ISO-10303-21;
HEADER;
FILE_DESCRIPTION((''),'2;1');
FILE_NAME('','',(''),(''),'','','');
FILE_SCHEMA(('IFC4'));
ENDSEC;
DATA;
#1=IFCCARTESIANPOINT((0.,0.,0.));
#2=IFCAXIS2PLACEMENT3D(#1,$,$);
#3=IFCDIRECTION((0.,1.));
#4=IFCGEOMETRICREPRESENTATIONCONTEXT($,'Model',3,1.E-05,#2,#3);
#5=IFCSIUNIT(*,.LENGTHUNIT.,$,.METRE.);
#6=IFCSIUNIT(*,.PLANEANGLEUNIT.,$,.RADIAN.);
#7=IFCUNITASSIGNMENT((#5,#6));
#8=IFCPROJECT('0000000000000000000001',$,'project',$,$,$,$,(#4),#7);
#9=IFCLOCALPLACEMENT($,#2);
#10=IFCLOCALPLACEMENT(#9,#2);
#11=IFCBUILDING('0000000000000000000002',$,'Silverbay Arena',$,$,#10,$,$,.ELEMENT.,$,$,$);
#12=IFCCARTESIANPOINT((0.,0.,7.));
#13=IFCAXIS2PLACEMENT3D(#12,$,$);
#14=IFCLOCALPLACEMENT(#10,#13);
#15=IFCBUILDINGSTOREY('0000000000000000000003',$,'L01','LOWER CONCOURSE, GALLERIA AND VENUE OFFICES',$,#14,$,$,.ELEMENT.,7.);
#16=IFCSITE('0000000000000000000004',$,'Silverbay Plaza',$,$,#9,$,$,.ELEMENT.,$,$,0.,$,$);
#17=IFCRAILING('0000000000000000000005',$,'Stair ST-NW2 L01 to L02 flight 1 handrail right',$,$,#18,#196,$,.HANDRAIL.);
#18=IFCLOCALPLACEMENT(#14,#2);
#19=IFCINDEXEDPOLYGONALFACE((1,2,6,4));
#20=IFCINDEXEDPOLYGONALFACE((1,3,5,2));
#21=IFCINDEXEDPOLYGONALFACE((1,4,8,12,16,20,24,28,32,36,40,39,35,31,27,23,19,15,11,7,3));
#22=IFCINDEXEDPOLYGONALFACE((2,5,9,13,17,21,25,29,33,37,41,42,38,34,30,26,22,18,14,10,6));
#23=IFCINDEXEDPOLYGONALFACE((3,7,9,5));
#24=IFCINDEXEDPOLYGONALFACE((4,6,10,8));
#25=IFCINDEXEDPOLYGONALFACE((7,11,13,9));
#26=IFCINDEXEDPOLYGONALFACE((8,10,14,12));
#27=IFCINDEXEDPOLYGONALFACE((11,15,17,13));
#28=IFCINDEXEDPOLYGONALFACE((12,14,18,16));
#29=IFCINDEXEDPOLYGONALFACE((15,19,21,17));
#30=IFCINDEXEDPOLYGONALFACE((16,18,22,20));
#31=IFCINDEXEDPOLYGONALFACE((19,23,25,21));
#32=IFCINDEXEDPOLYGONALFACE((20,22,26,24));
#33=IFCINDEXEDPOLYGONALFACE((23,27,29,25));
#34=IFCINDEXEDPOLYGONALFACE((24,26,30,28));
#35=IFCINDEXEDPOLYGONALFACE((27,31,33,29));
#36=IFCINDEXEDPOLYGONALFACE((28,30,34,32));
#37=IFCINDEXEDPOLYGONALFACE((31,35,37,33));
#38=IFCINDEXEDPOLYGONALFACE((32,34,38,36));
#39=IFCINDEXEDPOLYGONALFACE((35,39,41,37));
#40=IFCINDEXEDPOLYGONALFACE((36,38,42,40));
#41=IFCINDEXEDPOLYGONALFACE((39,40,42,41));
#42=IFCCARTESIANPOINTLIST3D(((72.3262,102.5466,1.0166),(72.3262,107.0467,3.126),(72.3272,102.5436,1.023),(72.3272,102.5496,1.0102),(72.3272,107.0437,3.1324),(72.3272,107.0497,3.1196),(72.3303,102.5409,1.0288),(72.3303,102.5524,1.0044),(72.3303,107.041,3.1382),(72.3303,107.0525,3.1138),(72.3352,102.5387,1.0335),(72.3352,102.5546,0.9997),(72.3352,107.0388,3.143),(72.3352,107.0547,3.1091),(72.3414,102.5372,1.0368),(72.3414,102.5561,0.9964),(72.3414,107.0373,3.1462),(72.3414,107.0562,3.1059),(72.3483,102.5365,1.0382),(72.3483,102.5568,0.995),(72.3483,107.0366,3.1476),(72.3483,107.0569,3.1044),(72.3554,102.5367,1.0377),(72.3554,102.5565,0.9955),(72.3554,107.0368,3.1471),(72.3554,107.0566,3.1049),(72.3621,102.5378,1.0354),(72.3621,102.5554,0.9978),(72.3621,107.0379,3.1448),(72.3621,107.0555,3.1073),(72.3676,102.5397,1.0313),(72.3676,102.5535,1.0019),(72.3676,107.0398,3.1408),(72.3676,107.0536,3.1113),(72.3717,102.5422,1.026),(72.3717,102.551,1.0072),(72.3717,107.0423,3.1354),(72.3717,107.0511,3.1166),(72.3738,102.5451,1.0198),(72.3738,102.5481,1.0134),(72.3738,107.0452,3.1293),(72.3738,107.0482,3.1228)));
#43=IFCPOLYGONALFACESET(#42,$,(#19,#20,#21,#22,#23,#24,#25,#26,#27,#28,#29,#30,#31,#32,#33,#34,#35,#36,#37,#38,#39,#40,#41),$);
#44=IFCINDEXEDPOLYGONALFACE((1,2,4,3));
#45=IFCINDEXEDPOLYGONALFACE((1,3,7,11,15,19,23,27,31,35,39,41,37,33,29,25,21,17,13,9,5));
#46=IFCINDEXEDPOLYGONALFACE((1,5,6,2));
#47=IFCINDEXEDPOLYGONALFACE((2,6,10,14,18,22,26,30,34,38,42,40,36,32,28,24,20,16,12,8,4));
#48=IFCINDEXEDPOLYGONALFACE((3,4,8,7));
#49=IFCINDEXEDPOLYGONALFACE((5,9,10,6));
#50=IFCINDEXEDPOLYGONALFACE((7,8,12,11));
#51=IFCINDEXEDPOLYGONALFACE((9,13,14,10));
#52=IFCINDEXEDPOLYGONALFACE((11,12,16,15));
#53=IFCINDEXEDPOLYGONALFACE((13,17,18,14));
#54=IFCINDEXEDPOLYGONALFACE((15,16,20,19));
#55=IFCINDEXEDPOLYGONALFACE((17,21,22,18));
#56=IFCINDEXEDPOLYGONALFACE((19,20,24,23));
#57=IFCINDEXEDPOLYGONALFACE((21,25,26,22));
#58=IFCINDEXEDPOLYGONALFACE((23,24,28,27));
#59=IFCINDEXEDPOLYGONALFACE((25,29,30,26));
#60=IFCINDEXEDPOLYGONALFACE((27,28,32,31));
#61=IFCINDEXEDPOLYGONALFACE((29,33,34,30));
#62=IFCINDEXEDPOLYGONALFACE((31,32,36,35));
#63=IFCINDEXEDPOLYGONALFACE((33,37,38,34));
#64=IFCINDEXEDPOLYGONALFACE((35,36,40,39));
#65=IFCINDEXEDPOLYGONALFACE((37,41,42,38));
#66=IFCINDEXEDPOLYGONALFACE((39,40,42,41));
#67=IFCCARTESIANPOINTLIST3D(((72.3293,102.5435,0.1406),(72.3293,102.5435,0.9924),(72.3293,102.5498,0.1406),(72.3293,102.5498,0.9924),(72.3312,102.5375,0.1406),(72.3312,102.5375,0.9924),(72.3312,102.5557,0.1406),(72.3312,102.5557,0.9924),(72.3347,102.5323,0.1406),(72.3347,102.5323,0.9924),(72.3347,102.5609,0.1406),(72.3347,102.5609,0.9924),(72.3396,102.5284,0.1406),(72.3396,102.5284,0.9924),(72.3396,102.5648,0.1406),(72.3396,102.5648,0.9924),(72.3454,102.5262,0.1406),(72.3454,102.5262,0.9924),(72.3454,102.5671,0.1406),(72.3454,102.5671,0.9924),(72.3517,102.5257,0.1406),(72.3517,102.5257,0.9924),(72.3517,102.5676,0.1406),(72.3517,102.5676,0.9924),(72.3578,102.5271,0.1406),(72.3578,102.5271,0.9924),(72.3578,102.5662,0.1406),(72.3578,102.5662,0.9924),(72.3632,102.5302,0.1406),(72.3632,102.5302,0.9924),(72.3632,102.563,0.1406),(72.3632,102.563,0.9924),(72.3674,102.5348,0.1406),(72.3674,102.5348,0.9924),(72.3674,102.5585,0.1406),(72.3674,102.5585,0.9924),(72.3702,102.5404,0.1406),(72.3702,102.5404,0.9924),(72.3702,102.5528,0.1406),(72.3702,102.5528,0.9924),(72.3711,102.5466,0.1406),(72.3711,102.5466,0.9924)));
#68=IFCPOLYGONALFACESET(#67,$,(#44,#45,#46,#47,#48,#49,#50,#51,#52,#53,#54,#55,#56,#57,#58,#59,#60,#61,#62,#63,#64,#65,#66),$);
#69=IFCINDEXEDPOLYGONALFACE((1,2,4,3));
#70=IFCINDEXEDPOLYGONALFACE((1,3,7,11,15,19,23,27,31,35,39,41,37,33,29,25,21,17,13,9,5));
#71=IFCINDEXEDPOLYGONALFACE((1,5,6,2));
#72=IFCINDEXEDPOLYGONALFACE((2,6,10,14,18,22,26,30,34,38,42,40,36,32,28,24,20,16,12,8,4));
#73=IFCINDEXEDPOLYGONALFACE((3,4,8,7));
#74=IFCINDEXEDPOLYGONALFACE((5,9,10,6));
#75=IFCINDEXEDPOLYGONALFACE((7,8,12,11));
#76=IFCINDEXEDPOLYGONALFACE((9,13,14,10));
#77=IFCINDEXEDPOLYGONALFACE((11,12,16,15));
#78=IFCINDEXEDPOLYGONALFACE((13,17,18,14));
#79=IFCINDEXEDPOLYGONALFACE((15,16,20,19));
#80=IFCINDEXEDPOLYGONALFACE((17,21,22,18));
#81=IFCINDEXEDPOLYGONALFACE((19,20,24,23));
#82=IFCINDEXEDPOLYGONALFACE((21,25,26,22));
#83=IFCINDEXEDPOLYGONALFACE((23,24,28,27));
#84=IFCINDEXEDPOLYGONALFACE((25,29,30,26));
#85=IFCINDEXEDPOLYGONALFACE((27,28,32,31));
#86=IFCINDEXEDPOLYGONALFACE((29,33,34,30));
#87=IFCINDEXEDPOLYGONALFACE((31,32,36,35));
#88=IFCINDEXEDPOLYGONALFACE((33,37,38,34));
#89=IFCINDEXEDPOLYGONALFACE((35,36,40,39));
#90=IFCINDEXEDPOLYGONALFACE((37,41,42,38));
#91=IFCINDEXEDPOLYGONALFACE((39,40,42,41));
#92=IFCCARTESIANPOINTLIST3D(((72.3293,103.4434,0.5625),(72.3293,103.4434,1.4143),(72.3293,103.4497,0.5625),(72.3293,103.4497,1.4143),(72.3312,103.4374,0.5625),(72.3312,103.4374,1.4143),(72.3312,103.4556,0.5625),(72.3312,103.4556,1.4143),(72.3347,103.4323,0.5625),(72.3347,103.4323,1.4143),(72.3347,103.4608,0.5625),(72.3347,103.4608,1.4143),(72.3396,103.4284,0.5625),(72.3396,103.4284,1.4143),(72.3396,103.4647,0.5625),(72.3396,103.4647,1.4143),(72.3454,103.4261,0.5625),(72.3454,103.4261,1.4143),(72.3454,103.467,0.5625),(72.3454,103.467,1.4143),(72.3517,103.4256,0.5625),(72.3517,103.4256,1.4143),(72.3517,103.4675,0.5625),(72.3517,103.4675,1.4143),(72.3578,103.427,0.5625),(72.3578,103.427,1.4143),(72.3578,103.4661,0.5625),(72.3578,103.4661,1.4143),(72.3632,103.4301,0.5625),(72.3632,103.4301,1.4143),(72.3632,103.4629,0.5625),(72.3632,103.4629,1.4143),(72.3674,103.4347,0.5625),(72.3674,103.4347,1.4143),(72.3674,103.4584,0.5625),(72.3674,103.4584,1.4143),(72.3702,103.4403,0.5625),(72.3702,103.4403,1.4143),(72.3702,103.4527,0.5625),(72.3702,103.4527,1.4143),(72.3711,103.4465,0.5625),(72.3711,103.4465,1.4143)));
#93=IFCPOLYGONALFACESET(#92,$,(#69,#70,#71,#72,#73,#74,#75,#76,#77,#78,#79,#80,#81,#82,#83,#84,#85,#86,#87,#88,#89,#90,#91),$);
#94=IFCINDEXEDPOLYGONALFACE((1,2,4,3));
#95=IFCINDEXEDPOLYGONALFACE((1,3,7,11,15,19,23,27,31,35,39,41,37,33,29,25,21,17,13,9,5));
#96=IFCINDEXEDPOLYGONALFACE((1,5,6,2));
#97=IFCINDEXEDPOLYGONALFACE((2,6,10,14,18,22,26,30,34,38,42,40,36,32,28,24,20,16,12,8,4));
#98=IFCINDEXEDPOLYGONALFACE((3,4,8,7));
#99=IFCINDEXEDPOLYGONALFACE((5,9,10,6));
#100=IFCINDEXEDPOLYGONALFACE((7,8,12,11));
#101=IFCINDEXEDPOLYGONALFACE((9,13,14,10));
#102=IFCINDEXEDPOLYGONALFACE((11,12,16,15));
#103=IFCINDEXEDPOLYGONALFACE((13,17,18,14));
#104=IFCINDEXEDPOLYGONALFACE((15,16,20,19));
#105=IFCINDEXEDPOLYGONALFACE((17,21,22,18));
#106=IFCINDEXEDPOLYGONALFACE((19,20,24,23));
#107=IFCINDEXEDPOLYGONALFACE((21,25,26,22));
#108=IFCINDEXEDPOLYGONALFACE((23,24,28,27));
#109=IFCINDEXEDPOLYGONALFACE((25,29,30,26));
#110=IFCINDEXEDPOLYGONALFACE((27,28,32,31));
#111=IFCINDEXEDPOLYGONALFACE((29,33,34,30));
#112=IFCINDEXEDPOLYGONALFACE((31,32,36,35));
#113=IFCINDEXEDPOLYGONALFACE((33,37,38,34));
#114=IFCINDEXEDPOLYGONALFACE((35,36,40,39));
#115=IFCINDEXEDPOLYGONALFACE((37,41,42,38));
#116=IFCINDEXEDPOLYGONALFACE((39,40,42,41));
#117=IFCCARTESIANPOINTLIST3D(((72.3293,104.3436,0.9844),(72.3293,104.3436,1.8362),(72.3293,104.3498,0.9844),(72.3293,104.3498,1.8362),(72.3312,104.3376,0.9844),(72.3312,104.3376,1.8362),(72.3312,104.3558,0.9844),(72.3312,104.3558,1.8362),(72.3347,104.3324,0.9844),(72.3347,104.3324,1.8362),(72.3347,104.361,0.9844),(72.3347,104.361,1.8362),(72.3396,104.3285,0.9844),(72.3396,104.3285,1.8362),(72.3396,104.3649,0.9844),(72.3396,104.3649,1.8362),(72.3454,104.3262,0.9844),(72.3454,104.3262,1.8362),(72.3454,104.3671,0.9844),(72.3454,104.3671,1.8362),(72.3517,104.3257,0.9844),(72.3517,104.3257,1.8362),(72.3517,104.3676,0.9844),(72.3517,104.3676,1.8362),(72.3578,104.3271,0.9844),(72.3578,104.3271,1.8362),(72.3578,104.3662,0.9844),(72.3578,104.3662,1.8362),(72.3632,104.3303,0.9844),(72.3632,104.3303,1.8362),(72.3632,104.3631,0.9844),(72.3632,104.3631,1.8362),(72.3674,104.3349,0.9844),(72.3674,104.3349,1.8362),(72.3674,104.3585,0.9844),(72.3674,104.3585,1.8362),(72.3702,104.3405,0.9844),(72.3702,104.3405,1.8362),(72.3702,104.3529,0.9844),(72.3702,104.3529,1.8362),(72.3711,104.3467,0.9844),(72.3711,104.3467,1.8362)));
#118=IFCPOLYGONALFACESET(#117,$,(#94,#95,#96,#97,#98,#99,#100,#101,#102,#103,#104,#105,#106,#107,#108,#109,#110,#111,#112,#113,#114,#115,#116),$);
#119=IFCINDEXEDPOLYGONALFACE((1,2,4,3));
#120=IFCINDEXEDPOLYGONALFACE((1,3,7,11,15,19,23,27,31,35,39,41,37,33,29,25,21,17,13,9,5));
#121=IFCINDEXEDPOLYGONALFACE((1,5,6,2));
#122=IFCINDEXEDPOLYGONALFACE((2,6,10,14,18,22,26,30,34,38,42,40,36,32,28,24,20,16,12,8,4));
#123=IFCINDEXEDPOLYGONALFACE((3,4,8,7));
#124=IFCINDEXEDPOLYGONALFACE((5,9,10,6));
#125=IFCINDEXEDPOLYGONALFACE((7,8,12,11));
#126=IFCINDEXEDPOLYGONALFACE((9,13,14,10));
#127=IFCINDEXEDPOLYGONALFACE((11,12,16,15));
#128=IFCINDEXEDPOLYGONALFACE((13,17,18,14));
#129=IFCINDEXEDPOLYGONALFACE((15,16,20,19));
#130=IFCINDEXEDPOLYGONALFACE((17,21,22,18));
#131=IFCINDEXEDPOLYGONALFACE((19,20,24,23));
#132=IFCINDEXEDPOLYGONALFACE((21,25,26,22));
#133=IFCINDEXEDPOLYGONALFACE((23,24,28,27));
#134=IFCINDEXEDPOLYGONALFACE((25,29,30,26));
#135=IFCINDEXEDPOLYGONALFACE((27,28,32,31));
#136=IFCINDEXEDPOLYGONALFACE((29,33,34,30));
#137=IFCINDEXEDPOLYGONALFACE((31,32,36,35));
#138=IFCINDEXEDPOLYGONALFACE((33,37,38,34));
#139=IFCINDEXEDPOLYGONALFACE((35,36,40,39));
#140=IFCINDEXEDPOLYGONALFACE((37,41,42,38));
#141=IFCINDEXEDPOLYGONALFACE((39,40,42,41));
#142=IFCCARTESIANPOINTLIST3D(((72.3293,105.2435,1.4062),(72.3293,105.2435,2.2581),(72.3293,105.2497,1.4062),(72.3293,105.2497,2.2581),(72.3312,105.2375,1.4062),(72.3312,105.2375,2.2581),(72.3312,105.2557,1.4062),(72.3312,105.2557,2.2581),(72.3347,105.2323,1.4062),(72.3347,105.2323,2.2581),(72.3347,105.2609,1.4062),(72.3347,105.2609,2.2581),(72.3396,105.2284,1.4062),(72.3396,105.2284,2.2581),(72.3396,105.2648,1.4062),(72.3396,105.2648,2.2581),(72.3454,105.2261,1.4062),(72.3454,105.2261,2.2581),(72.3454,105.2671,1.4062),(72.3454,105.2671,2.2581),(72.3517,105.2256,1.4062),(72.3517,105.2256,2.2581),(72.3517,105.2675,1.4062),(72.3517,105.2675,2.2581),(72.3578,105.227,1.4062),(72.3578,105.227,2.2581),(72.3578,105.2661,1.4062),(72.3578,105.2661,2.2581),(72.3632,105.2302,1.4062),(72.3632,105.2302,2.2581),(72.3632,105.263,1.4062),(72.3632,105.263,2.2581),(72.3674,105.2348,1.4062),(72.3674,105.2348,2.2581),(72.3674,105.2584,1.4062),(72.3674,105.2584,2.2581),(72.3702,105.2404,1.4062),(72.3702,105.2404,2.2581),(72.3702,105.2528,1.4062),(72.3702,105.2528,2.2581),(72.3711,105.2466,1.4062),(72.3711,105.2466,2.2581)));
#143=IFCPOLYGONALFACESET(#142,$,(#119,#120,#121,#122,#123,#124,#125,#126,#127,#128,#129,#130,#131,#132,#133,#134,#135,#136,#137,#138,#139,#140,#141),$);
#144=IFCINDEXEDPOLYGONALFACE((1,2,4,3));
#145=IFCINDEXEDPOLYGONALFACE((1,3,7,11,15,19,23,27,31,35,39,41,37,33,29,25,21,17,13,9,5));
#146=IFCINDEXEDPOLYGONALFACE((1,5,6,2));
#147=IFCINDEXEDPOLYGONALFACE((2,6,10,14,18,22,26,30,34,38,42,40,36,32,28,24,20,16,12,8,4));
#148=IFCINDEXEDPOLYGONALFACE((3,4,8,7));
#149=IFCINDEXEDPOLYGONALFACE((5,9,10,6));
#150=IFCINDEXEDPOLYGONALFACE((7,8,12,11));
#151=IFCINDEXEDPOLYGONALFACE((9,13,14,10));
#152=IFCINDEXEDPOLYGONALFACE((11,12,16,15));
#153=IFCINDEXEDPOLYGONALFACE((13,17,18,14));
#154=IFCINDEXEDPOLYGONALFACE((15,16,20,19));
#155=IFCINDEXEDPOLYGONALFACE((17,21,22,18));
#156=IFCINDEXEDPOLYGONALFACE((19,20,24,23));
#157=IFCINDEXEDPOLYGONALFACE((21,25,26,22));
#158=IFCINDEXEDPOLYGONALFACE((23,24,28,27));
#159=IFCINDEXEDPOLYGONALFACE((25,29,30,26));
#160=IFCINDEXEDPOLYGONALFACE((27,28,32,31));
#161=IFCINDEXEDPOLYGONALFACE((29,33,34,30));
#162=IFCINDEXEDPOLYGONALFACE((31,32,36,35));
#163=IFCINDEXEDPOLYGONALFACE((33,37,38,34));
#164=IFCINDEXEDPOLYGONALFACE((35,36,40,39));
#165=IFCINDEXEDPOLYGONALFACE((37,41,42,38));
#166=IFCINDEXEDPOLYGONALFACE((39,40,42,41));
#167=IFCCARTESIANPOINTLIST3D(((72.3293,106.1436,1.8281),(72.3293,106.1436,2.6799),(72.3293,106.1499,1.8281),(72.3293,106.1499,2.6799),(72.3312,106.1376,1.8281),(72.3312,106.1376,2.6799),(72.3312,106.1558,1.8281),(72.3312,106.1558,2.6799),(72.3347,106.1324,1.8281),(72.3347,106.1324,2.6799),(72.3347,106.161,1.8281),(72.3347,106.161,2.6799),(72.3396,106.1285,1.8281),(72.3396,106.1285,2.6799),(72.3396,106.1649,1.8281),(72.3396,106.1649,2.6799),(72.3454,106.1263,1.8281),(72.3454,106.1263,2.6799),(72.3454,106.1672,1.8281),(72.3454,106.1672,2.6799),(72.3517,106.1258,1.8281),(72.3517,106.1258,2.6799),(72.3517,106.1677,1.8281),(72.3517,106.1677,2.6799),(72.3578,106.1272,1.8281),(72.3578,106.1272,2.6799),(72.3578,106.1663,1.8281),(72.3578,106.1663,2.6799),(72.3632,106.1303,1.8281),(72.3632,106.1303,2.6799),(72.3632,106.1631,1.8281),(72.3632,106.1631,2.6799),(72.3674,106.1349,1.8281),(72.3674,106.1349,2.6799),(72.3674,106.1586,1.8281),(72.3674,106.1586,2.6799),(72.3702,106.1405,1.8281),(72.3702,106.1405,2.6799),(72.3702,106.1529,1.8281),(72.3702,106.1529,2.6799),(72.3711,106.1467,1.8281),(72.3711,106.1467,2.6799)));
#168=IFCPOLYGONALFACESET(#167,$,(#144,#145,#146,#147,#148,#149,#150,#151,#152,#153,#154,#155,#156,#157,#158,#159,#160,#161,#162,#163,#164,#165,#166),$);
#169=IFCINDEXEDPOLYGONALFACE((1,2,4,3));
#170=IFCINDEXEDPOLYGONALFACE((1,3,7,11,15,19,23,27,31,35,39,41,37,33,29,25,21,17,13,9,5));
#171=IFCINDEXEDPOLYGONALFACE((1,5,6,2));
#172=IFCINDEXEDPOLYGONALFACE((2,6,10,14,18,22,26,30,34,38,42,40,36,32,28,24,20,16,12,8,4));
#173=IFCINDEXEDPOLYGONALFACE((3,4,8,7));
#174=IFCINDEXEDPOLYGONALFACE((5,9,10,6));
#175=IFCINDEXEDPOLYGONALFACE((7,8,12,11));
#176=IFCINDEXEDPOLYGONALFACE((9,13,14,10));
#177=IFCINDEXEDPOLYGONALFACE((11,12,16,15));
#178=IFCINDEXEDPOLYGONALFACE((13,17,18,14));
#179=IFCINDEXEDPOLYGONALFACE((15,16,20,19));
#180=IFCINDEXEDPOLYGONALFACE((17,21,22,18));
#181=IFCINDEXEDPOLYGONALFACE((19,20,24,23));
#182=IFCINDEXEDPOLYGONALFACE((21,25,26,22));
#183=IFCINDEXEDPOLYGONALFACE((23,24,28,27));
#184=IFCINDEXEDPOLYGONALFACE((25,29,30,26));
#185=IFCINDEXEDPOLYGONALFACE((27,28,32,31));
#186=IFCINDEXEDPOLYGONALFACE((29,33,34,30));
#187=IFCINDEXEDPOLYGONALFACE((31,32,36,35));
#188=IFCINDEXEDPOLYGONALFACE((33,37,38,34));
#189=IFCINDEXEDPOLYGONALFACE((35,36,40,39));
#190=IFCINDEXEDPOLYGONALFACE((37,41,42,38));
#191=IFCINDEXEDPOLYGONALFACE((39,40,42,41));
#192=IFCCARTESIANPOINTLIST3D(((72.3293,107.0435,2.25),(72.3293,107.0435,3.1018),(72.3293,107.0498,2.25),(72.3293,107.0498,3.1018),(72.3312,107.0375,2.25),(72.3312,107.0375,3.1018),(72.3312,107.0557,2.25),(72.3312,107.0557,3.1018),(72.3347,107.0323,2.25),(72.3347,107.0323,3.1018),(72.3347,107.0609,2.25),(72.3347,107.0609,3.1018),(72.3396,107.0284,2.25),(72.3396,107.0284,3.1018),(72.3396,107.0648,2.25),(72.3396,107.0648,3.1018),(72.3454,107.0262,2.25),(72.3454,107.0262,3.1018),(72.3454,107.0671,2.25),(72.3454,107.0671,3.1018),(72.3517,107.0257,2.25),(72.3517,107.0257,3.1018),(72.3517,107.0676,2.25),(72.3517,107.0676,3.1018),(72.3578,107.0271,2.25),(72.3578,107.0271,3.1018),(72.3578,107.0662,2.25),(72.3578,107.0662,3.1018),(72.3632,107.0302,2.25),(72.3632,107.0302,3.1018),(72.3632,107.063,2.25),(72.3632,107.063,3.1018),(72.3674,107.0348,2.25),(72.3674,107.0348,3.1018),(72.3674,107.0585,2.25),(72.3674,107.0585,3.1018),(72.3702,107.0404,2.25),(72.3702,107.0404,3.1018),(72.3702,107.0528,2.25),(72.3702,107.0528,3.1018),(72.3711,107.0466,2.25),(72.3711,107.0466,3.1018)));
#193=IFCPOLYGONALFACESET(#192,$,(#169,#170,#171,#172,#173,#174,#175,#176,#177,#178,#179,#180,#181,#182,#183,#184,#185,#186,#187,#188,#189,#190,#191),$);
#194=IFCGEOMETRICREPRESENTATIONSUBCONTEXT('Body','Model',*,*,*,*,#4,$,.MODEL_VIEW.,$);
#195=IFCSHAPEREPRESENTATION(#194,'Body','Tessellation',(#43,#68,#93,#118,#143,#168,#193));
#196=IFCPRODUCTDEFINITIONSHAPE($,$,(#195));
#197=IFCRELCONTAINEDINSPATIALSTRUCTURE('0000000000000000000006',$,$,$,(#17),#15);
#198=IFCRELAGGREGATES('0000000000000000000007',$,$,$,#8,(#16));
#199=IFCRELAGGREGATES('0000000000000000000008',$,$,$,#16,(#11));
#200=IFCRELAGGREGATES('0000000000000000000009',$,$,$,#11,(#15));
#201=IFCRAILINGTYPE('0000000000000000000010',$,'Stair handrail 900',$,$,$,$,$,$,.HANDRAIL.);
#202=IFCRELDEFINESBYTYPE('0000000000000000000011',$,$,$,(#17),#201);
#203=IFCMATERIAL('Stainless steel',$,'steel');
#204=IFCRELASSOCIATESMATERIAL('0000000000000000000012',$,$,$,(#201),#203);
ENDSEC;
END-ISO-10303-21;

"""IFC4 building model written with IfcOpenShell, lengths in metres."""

from ifc_helpers import new_model, si_unit, direction, frame, origin, origin_2d, place, context, subcontext, project, spatial, circle, extrude, material, type_object, element, save


model = new_model("IFC4")

# Units and contexts
model_context = context("Model", 3, precision=1e-05, world=origin(), true_north=direction((0.0, 1.0)))
body_context = subcontext(model_context, "Body", "Model", "MODEL_VIEW")
ifc_project = project(units=[si_unit("LENGTHUNIT", "METRE"), si_unit("PLANEANGLEUNIT", "RADIAN")], contexts=[model_context])

# Site, building, storey
site_placement = place(None, origin())
site = spatial("IfcSite", under=ifc_project, at=site_placement, Name="Silverbay Plaza", CompositionType="ELEMENT", RefElevation=0.0)
building_placement = place(site_placement, origin())
building = spatial("IfcBuilding", under=site, at=building_placement, Name="Silverbay Arena", CompositionType="ELEMENT")
storey_placement = place(building_placement, frame((0.0, 0.0, 7.0)))
storey = spatial("IfcBuildingStorey", under=building, at=storey_placement, Name="L01", Description="LOWER CONCOURSE, GALLERIA AND VENUE OFFICES", CompositionType="ELEMENT", Elevation=7.0)

# Railing
ifc_material_1 = material(Name="Stainless steel", Category="steel")
railing_type_1 = type_object("IfcRailingType", Name="Stair handrail 900", PredefinedType="HANDRAIL", material=ifc_material_1)
for number, where, name in (
    (1, (72.3501, 102.5466, 0.1406), "Stair ST-NW2 L01 to L02 flight 1 handrail right"),
):
    element("IfcRailing", number, at=place(storey_placement, frame(where)), inside=storey, type_object=railing_type_1, Name=name, PredefinedType="HANDRAIL", context=body_context, shape_type="SweptSolid", body=[
        extrude(circle(Radius=0.0239, at=origin_2d()), frame((0.0, 0.0, 0.876), z_axis=(0.0, 0.905459, 0.424434), x_axis=(-1.0, 0.0, 0.0)), (0.0, 0.0, 1.0), 4.97),
        extrude(circle(Radius=0.021, at=origin_2d()), origin(), (0.0, 0.0, 1.0), 0.8518),
        extrude(circle(Radius=0.021, at=origin_2d()), frame((0.0, 0.8999, 0.4219)), (0.0, 0.0, 1.0), 0.8518),
        extrude(circle(Radius=0.021, at=origin_2d()), frame((0.0, 1.8, 0.8438)), (0.0, 0.0, 1.0), 0.8518),
        extrude(circle(Radius=0.021, at=origin_2d()), frame((0.0, 2.7, 1.2656)), (0.0, 0.0, 1.0), 0.8518),
        extrude(circle(Radius=0.021, at=origin_2d()), frame((0.0, 3.6001, 1.6875)), (0.0, 0.0, 1.0), 0.8518),
        extrude(circle(Radius=0.021, at=origin_2d()), frame((0.0, 4.5, 2.1094)), (0.0, 0.0, 1.0), 0.8518),
    ])

save(model, "model.ifc")
